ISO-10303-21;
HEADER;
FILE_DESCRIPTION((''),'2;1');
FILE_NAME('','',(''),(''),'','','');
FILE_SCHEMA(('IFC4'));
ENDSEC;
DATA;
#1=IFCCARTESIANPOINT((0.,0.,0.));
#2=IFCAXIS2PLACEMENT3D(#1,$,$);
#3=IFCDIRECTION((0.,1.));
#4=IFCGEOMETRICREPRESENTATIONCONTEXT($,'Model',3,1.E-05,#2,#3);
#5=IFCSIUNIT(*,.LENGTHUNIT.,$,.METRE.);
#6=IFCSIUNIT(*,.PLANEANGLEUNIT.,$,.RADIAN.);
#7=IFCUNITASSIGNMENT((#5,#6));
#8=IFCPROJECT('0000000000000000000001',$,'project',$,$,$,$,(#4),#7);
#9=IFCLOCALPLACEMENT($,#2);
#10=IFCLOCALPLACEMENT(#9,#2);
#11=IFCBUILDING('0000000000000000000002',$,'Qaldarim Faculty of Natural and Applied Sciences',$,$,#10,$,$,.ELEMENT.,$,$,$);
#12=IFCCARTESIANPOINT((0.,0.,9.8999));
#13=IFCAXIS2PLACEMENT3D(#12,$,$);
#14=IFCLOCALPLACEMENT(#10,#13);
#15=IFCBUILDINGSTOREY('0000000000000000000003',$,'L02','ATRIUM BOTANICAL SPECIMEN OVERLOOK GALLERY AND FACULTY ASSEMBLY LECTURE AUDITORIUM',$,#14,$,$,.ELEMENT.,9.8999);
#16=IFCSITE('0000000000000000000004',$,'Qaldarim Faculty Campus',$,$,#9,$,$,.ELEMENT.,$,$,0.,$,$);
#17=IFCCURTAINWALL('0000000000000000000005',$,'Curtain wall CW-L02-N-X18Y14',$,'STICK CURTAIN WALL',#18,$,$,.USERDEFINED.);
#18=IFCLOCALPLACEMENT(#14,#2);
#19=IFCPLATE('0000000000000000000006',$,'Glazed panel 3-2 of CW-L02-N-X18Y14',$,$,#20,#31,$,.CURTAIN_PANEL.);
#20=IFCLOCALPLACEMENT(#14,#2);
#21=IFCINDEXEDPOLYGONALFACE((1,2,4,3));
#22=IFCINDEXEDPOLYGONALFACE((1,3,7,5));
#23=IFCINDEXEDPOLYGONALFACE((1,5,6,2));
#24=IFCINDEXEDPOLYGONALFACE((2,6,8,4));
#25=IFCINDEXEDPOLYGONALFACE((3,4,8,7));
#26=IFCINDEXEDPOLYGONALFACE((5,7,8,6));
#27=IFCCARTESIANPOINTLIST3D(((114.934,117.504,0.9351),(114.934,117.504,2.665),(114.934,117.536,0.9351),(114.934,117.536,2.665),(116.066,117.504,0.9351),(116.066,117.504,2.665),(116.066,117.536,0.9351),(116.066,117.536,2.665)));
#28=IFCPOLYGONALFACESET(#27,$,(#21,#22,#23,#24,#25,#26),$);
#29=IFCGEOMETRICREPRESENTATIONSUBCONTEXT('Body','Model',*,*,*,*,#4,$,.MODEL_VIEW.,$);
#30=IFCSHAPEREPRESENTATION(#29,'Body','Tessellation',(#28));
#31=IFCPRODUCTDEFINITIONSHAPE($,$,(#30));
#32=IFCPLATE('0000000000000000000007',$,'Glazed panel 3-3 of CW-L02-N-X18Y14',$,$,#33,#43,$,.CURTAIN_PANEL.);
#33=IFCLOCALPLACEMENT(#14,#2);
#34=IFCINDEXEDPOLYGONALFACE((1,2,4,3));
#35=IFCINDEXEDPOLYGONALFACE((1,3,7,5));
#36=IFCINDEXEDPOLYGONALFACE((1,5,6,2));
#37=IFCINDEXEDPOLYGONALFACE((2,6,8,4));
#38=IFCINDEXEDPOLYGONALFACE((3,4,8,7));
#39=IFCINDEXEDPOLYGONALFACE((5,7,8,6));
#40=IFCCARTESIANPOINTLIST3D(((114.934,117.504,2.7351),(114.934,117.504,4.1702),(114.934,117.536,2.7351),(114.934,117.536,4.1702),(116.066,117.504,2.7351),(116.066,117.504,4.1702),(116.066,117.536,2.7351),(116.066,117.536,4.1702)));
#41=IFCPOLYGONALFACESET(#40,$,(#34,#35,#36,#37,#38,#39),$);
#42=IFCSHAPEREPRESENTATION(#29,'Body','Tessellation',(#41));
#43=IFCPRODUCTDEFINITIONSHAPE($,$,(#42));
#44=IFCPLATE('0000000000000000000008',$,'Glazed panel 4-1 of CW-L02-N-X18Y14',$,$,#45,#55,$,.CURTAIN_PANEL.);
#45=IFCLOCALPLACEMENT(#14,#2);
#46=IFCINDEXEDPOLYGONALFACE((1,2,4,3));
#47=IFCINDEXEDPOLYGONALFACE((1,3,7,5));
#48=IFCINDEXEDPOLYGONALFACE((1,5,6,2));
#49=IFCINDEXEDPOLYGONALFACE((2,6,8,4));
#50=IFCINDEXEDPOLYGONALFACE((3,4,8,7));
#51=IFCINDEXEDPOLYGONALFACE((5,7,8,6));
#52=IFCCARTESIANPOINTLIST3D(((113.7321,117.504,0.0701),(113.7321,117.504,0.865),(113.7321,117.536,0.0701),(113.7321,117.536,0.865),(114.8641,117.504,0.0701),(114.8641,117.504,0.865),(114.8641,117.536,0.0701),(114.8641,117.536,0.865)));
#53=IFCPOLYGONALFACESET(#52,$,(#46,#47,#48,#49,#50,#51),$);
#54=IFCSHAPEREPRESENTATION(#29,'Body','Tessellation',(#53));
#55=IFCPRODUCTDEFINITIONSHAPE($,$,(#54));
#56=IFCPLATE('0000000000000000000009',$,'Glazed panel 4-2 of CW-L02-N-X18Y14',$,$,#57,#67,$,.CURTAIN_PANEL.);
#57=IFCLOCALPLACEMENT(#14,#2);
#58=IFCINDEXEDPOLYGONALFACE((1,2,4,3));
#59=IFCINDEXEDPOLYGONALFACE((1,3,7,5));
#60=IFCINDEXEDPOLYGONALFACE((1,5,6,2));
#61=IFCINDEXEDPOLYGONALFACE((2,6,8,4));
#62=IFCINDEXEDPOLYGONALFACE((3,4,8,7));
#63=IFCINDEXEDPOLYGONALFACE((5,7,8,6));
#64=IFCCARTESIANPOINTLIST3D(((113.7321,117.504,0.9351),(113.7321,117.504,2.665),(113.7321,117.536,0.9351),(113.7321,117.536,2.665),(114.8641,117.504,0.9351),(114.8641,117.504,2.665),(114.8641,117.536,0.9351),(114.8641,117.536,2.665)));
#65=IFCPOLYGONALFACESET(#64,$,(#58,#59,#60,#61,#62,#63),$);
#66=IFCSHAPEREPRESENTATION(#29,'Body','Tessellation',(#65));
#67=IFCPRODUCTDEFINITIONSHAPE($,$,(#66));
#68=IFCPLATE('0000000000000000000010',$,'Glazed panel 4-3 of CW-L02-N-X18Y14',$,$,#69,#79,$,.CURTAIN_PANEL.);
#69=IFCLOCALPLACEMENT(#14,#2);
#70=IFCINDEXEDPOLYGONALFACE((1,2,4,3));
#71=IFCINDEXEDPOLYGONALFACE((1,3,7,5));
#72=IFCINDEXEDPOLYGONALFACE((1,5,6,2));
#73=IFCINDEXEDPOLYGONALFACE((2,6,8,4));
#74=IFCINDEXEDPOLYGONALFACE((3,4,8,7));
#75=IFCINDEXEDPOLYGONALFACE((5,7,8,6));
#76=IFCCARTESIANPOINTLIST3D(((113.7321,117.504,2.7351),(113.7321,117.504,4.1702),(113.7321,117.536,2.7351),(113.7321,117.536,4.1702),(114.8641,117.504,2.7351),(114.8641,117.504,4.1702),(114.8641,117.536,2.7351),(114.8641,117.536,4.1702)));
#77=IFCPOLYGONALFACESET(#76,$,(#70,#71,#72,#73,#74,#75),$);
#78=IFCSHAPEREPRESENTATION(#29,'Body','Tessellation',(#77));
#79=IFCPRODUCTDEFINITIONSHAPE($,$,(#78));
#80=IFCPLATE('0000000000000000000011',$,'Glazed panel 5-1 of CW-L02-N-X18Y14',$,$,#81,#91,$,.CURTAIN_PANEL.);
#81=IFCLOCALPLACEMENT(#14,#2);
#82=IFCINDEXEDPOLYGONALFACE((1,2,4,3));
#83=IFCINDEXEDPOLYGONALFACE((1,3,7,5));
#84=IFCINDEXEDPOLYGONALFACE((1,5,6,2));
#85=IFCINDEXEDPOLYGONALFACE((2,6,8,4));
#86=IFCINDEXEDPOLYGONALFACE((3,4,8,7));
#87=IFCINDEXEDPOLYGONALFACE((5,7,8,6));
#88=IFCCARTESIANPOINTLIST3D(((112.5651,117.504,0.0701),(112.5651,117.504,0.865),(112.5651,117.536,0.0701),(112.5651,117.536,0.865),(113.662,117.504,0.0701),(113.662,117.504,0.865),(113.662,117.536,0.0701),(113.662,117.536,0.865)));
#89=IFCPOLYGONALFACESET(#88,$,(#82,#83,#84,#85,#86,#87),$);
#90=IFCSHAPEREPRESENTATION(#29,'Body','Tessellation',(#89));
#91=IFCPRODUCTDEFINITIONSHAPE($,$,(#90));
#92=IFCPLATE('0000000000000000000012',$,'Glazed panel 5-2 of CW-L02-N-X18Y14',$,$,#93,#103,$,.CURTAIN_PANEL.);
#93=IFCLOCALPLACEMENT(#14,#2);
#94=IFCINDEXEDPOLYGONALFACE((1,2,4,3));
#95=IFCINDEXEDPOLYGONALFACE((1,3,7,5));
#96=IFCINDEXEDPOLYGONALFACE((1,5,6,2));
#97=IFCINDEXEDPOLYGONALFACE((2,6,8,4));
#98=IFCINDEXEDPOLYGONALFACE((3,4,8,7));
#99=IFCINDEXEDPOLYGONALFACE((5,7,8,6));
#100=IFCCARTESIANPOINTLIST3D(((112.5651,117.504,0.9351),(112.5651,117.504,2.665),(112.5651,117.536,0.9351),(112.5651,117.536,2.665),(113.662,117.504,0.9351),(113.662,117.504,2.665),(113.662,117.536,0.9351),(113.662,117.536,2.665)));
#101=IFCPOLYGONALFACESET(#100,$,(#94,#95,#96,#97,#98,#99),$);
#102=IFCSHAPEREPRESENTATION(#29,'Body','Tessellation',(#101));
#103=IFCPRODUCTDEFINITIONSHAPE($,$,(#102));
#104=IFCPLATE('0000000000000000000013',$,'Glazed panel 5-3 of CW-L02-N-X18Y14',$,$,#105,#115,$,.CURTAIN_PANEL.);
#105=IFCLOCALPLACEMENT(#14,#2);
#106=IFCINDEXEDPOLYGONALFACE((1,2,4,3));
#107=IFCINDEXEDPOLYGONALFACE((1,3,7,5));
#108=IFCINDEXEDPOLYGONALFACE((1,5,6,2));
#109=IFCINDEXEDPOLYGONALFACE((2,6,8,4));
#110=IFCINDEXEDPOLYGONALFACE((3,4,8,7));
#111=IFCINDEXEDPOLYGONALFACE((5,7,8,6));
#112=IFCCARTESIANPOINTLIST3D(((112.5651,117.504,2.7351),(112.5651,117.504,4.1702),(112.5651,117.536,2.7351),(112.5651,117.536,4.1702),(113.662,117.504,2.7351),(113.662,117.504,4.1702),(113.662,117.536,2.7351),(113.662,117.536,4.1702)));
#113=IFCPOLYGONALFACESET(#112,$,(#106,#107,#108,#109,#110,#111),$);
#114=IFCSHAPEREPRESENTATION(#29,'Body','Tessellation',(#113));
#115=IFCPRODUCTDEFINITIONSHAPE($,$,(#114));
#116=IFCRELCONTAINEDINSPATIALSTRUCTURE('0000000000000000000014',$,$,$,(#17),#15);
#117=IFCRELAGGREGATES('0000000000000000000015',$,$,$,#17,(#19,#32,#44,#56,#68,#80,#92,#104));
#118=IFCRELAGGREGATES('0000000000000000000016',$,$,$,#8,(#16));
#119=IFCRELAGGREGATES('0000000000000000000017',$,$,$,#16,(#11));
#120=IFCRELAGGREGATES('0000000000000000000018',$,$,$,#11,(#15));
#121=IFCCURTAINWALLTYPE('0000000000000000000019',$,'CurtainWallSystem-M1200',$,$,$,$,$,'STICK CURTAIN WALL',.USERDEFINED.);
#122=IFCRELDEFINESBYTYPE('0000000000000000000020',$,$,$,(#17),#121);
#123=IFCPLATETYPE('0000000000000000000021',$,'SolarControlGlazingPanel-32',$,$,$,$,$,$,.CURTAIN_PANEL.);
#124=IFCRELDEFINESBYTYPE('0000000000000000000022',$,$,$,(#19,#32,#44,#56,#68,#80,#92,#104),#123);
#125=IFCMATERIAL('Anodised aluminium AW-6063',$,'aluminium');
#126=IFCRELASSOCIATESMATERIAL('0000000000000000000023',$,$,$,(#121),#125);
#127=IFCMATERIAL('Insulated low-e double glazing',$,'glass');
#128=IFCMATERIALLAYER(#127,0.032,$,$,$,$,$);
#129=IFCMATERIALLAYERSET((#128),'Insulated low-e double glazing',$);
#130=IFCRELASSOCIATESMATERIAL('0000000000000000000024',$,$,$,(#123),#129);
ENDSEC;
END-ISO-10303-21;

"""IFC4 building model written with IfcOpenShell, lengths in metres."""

from ifc_helpers import new_model, si_unit, direction, frame, origin, origin_2d, place, context, subcontext, project, spatial, rectangle, extrude, material, layer, layer_set, type_object, element, aggregate, save


model = new_model("IFC4")

# Units and contexts
model_context = context("Model", 3, precision=1e-05, world=origin(), true_north=direction((0.0, 1.0)))
body_context = subcontext(model_context, "Body", "Model", "MODEL_VIEW")
ifc_project = project(units=[si_unit("LENGTHUNIT", "METRE"), si_unit("PLANEANGLEUNIT", "RADIAN")], contexts=[model_context])

# Site, building, storey
site_placement = place(None, origin())
site = spatial("IfcSite", under=ifc_project, at=site_placement, Name="Qaldarim Faculty Campus", CompositionType="ELEMENT", RefElevation=0.0)
building_placement = place(site_placement, origin())
building = spatial("IfcBuilding", under=site, at=building_placement, Name="Qaldarim Faculty of Natural and Applied Sciences", CompositionType="ELEMENT")
storey_placement = place(building_placement, frame((0.0, 0.0, 9.8999)))
storey = spatial("IfcBuildingStorey", under=building, at=storey_placement, Name="L02", Description="ATRIUM BOTANICAL SPECIMEN OVERLOOK GALLERY AND FACULTY ASSEMBLY LECTURE AUDITORIUM", CompositionType="ELEMENT", Elevation=9.8999)

# Curtain wall
ifc_material_1 = material(Name="Anodised aluminium AW-6063", Category="aluminium")
curtain_wall_type = type_object("IfcCurtainWallType", Name="CurtainWallSystem-M1200", ElementType="STICK CURTAIN WALL", PredefinedType="USERDEFINED", material=ifc_material_1)
curtain_wall_placement = place(storey_placement, origin())
curtain_wall = element("IfcCurtainWall", 1, at=curtain_wall_placement, inside=storey, type_object=curtain_wall_type, Name="Curtain wall CW-L02-N-X18Y14", ObjectType="STICK CURTAIN WALL", PredefinedType="USERDEFINED")

# Plates
ifc_material_2 = material(Name="Insulated low-e double glazing", Category="glass")
ifc_layer = layer(ifc_material_2, 0.032)
ifc_layer_set = layer_set([ifc_layer], Name="Insulated low-e double glazing")
plate_type = type_object("IfcPlateType", Name="SolarControlGlazingPanel-32", PredefinedType="CURTAIN_PANEL", material=ifc_layer_set)
plate_1_placement = place(storey_placement, frame((115.5, 117.52, 0.9351), z_axis=(0.0, 0.0, 1.0), x_axis=(-1.0, 0.0, 0.0)))
plate_1 = element("IfcPlate", 2, at=plate_1_placement, type_object=plate_type, Name="Glazed panel 3-2 of CW-L02-N-X18Y14", PredefinedType="CURTAIN_PANEL", context=body_context, shape_type="SweptSolid", body=[
    extrude(rectangle(XDim=1.1321, YDim=0.032, at=origin_2d()), origin(), (0.0, 0.0, 1.0), 1.73),
])
plate_2_placement = place(storey_placement, frame((115.5, 117.52, 2.7351), z_axis=(0.0, 0.0, 1.0), x_axis=(-1.0, 0.0, 0.0)))
plate_2 = element("IfcPlate", 3, at=plate_2_placement, type_object=plate_type, Name="Glazed panel 3-3 of CW-L02-N-X18Y14", PredefinedType="CURTAIN_PANEL", context=body_context, shape_type="SweptSolid", body=[
    extrude(rectangle(XDim=1.1321, YDim=0.032, at=origin_2d()), origin(), (0.0, 0.0, 1.0), 1.4351),
])
plate_3_placement = place(storey_placement, frame((114.2981, 117.52, 0.0701), z_axis=(0.0, 0.0, 1.0), x_axis=(-1.0, 0.0, 0.0)))
plate_3 = element("IfcPlate", 4, at=plate_3_placement, type_object=plate_type, Name="Glazed panel 4-1 of CW-L02-N-X18Y14", PredefinedType="CURTAIN_PANEL", context=body_context, shape_type="SweptSolid", body=[
    extrude(rectangle(XDim=1.1321, YDim=0.032, at=origin_2d()), origin(), (0.0, 0.0, 1.0), 0.7949),
])
plate_4_placement = place(storey_placement, frame((114.2981, 117.52, 0.9351), z_axis=(0.0, 0.0, 1.0), x_axis=(-1.0, 0.0, 0.0)))
plate_4 = element("IfcPlate", 5, at=plate_4_placement, type_object=plate_type, Name="Glazed panel 4-2 of CW-L02-N-X18Y14", PredefinedType="CURTAIN_PANEL", context=body_context, shape_type="SweptSolid", body=[
    extrude(rectangle(XDim=1.1321, YDim=0.032, at=origin_2d()), origin(), (0.0, 0.0, 1.0), 1.73),
])
plate_5_placement = place(storey_placement, frame((114.2981, 117.52, 2.7351), z_axis=(0.0, 0.0, 1.0), x_axis=(-1.0, 0.0, 0.0)))
plate_5 = element("IfcPlate", 6, at=plate_5_placement, type_object=plate_type, Name="Glazed panel 4-3 of CW-L02-N-X18Y14", PredefinedType="CURTAIN_PANEL", context=body_context, shape_type="SweptSolid", body=[
    extrude(rectangle(XDim=1.1321, YDim=0.032, at=origin_2d()), origin(), (0.0, 0.0, 1.0), 1.4351),
])
plate_6_placement = place(storey_placement, frame((113.1135, 117.52, 0.0701), z_axis=(0.0, 0.0, 1.0), x_axis=(-1.0, 0.0, 0.0)))
plate_6 = element("IfcPlate", 7, at=plate_6_placement, type_object=plate_type, Name="Glazed panel 5-1 of CW-L02-N-X18Y14", PredefinedType="CURTAIN_PANEL", context=body_context, shape_type="SweptSolid", body=[
    extrude(rectangle(XDim=1.0969, YDim=0.032, at=origin_2d()), origin(), (0.0, 0.0, 1.0), 0.7949),
])
plate_7_placement = place(storey_placement, frame((113.1135, 117.52, 0.9351), z_axis=(0.0, 0.0, 1.0), x_axis=(-1.0, 0.0, 0.0)))
plate_7 = element("IfcPlate", 8, at=plate_7_placement, type_object=plate_type, Name="Glazed panel 5-2 of CW-L02-N-X18Y14", PredefinedType="CURTAIN_PANEL", context=body_context, shape_type="SweptSolid", body=[
    extrude(rectangle(XDim=1.0969, YDim=0.032, at=origin_2d()), origin(), (0.0, 0.0, 1.0), 1.73),
])
plate_8_placement = place(storey_placement, frame((113.1135, 117.52, 2.7351), z_axis=(0.0, 0.0, 1.0), x_axis=(-1.0, 0.0, 0.0)))
plate_8 = element("IfcPlate", 9, at=plate_8_placement, type_object=plate_type, Name="Glazed panel 5-3 of CW-L02-N-X18Y14", PredefinedType="CURTAIN_PANEL", context=body_context, shape_type="SweptSolid", body=[
    extrude(rectangle(XDim=1.0969, YDim=0.032, at=origin_2d()), origin(), (0.0, 0.0, 1.0), 1.4351),
])
aggregate(curtain_wall, [plate_1, plate_2, plate_3, plate_4, plate_5, plate_6, plate_7, plate_8])

save(model, "model.ifc")
